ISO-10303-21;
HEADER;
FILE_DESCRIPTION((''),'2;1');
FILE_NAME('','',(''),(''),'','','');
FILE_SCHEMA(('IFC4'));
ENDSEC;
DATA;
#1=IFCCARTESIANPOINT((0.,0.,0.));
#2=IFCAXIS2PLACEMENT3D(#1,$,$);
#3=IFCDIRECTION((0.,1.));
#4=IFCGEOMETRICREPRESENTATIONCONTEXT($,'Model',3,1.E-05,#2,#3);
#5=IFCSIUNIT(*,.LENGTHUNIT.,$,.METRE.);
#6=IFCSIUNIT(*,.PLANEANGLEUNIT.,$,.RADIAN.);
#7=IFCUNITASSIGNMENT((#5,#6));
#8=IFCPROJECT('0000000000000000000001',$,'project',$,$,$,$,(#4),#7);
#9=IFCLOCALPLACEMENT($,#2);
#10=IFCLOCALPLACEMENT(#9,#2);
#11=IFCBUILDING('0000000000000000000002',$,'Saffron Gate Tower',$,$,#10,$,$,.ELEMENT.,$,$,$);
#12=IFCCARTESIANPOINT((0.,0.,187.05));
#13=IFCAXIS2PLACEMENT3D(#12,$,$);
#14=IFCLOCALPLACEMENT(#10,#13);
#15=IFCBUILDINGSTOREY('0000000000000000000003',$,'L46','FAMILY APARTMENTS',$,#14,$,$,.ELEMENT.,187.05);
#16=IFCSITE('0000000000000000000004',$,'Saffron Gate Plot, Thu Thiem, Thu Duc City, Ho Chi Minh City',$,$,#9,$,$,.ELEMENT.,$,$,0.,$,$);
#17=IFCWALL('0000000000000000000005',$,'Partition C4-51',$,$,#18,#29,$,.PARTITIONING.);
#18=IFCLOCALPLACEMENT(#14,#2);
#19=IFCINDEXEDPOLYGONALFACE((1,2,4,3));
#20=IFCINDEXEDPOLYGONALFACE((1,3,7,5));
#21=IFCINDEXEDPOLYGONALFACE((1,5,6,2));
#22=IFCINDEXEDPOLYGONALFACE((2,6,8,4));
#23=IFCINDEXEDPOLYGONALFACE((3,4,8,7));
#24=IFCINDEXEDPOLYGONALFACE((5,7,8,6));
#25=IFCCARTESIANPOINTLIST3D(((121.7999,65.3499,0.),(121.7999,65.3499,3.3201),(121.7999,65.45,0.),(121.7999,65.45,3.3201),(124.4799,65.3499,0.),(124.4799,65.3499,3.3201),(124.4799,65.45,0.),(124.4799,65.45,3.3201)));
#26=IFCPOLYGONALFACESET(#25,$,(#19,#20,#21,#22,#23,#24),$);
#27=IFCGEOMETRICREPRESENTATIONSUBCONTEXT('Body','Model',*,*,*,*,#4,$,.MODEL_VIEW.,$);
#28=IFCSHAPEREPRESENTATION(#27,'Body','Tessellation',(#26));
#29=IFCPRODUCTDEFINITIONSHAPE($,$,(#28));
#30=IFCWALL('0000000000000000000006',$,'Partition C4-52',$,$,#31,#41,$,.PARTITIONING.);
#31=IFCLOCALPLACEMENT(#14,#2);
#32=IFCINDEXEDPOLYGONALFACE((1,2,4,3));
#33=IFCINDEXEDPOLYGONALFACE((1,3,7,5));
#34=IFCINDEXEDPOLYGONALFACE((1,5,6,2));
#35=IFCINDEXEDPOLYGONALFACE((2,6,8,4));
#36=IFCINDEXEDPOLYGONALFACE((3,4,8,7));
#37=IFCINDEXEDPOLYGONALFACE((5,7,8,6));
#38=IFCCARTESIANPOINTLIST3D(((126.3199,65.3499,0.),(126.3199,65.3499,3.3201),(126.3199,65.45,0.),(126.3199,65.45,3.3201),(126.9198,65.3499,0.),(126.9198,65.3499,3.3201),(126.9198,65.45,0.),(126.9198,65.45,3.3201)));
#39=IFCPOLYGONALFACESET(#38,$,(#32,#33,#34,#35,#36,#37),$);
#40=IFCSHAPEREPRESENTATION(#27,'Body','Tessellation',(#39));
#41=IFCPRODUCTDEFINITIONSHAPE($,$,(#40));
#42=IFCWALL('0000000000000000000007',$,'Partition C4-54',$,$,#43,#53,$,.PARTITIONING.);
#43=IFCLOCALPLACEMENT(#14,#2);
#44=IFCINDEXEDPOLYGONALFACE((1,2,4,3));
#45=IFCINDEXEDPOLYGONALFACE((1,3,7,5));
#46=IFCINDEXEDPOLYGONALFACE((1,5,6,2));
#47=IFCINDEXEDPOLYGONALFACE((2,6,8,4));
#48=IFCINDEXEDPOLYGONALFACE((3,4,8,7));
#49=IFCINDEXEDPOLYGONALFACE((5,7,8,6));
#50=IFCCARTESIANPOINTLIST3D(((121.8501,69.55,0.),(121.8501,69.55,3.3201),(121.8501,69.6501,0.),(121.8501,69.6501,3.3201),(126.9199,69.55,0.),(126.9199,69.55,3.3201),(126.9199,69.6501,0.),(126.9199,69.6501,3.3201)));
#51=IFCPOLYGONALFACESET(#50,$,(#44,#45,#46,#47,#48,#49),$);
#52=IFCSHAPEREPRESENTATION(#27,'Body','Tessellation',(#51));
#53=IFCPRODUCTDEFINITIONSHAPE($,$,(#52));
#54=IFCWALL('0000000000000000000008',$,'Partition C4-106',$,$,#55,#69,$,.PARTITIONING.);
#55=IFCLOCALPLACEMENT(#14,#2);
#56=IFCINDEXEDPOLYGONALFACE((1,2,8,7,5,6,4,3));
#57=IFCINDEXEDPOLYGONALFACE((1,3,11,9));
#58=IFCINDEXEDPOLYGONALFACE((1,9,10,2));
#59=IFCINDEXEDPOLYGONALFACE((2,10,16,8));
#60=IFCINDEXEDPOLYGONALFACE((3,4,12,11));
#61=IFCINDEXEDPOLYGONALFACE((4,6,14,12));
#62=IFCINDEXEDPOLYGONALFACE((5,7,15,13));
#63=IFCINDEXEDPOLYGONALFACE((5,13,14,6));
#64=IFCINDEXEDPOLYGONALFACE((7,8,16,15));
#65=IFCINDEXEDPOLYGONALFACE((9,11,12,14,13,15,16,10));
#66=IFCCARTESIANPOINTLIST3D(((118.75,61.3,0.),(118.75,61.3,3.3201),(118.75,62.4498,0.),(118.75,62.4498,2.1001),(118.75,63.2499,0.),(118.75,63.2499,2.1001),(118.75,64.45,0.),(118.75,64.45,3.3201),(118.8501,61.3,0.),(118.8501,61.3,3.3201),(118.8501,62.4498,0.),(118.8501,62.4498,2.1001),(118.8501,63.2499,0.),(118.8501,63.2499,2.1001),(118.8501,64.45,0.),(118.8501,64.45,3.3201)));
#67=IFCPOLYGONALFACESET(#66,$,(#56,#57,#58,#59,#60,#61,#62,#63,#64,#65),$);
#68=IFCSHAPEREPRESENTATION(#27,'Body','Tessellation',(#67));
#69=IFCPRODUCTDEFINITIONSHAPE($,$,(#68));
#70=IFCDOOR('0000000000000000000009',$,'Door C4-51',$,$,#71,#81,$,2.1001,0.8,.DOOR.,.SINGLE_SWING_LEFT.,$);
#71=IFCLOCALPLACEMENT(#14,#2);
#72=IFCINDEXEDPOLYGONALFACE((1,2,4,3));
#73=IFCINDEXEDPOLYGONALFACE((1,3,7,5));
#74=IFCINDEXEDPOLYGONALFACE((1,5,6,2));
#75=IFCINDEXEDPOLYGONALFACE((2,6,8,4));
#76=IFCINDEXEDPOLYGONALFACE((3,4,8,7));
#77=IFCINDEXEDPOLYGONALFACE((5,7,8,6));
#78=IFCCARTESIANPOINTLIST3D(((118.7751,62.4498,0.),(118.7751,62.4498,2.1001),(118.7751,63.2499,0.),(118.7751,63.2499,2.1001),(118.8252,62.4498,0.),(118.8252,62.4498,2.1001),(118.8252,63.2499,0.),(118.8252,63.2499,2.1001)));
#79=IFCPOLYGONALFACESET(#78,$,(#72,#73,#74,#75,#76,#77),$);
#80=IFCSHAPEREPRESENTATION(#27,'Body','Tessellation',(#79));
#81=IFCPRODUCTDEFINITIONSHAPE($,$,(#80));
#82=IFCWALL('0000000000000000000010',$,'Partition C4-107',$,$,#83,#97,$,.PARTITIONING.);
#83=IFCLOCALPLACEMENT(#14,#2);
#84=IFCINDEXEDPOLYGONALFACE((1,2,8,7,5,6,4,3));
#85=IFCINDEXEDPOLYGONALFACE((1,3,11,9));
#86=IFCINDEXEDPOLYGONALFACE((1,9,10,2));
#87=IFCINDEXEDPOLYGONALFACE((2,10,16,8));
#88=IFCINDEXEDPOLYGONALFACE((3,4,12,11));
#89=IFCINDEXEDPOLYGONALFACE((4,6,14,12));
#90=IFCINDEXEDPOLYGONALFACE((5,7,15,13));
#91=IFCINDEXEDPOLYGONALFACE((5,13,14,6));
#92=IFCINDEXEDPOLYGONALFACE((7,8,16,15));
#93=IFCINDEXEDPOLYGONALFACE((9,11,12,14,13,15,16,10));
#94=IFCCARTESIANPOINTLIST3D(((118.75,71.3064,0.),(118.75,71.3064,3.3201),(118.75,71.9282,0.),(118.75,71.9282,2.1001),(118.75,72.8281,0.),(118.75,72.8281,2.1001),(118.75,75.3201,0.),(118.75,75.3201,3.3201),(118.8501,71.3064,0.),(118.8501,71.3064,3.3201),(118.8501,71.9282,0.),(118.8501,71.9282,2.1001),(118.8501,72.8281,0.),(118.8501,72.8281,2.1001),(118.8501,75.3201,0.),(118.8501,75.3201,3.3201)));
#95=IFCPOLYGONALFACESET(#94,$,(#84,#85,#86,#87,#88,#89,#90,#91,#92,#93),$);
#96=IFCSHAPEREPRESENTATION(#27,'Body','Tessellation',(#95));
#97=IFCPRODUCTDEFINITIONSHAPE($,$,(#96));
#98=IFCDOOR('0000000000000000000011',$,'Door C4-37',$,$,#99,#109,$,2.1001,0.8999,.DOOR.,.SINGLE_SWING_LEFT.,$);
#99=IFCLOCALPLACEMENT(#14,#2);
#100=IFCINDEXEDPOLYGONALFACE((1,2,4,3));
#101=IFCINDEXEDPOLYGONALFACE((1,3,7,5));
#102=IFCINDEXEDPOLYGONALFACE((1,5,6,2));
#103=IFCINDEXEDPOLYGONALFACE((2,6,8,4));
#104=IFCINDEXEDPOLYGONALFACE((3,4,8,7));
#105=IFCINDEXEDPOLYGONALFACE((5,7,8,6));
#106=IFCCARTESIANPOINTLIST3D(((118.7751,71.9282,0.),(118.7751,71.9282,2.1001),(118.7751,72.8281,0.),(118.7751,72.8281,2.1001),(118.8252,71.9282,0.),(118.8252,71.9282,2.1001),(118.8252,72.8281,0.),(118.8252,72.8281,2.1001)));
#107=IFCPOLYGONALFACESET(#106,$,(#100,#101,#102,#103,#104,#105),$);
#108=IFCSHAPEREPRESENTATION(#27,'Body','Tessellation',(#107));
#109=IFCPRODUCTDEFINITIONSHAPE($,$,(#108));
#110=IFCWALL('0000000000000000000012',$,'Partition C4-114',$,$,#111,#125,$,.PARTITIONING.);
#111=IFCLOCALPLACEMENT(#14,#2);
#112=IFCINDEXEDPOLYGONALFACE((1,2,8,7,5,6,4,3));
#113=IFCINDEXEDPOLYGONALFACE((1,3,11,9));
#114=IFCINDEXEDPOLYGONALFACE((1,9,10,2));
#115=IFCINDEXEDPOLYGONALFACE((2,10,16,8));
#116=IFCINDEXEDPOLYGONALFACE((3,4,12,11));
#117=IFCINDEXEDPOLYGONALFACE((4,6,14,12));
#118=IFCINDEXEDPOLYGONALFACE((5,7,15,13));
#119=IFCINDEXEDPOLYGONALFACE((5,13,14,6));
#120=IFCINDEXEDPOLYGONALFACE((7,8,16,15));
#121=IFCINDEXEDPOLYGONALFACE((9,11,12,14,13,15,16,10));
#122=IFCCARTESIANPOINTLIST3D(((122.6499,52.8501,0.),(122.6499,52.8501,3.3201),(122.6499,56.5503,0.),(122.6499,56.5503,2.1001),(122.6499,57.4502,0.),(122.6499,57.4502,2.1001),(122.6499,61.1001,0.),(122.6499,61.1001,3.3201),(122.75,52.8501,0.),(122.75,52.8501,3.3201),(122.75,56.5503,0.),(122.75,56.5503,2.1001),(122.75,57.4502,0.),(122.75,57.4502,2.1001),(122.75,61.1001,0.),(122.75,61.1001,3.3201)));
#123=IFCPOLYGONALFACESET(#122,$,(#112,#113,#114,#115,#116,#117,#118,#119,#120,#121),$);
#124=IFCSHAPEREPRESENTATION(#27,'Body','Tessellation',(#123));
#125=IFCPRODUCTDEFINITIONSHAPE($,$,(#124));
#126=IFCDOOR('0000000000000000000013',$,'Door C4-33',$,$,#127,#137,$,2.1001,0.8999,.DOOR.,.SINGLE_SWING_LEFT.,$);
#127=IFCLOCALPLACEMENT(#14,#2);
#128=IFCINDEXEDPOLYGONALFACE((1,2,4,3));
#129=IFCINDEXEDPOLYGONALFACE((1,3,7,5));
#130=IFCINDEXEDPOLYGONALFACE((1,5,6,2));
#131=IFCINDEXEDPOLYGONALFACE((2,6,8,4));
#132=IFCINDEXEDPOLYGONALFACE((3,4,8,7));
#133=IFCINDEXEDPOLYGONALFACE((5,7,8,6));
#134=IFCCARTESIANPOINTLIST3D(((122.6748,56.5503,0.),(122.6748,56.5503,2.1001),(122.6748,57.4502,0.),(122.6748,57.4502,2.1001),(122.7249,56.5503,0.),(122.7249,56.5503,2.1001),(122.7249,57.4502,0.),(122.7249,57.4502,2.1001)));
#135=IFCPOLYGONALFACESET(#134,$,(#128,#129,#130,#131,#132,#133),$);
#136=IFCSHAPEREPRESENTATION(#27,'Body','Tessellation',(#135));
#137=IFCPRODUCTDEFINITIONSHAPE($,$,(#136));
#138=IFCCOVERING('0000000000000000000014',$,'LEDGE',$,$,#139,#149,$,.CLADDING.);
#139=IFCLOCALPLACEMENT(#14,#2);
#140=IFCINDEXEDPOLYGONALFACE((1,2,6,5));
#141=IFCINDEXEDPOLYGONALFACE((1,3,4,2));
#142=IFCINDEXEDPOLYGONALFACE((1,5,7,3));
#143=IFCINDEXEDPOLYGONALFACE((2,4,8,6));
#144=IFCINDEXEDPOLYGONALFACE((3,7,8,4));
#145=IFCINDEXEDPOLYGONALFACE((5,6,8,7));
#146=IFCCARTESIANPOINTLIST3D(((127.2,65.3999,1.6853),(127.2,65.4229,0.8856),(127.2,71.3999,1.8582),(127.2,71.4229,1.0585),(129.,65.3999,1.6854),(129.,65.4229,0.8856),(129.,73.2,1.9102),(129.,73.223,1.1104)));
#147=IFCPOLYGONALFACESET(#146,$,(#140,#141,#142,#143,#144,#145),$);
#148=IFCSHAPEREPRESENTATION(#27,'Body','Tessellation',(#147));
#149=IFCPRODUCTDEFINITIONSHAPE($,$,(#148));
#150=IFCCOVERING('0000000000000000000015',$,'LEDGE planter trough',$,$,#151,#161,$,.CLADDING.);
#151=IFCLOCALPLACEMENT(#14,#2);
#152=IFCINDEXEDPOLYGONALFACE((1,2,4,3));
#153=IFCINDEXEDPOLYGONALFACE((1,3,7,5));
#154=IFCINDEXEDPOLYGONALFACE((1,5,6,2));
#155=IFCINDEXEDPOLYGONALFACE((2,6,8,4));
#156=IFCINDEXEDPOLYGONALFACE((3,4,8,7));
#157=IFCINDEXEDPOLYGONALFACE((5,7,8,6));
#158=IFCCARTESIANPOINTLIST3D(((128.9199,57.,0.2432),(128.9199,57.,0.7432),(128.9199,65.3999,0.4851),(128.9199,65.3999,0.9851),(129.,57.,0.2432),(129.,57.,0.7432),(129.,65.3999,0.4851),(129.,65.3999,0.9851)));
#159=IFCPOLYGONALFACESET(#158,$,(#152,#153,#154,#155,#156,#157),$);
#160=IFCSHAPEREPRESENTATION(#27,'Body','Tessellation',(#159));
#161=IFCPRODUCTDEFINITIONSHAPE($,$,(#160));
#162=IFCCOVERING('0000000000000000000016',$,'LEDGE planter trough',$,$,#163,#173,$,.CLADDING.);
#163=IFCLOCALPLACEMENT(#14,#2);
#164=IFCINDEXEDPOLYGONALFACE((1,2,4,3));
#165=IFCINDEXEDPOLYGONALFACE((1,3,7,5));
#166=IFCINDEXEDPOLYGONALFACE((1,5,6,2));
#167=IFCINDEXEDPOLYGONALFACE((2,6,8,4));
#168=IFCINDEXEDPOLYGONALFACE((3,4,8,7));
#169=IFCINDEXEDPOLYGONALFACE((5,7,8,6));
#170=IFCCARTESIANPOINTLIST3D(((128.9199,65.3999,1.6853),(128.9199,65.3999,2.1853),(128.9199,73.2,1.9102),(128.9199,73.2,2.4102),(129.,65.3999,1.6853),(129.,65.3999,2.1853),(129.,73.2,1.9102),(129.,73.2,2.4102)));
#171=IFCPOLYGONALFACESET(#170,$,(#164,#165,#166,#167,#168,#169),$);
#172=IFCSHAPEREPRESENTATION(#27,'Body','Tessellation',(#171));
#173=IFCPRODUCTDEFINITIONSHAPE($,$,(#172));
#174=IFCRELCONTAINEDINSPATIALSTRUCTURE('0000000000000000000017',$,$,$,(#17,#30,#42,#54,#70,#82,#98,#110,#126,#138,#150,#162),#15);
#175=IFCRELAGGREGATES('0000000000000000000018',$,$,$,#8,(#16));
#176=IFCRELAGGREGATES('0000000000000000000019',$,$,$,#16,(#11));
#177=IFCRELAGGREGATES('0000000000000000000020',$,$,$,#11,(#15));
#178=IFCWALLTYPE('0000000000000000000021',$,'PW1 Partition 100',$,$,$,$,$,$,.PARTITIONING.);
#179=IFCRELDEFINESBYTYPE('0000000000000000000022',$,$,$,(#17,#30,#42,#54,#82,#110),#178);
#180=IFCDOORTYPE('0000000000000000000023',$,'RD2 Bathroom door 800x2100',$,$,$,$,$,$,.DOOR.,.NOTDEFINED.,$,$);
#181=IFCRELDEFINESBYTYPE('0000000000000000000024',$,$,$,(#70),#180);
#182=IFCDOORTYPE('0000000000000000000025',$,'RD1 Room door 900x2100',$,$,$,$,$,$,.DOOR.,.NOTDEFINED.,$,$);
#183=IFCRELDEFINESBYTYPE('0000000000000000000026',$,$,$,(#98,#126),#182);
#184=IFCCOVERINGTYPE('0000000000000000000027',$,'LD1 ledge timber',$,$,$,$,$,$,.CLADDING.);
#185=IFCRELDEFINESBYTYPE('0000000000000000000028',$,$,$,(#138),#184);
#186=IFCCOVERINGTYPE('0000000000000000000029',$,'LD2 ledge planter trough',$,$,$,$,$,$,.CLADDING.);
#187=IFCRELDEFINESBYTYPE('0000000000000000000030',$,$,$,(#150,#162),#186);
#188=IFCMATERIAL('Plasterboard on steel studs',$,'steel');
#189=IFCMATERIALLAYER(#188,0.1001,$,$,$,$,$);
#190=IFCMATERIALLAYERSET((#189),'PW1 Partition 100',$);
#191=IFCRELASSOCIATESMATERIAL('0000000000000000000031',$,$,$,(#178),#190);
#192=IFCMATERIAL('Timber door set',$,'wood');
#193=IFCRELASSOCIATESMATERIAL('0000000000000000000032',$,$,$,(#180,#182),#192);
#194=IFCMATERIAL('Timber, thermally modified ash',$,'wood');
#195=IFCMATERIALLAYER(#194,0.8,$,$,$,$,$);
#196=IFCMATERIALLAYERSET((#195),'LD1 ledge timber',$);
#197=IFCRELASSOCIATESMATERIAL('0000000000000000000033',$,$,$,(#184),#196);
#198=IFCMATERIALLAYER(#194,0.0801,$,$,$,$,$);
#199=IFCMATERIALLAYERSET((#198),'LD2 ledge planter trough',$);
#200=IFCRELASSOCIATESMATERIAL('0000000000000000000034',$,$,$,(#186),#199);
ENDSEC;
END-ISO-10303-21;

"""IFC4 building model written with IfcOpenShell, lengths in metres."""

from ifc_helpers import new_model, si_unit, direction, frame, frame_2d, origin, place, context, subcontext, project, spatial, polyline, rectangle, outline, extrude, material, layer, layer_set, type_object, element, fill, save


model = new_model("IFC4")

# Units and contexts
model_context = context("Model", 3, precision=1e-05, world=origin(), true_north=direction((0.0, 1.0)))
body_context = subcontext(model_context, "Body", "Model", "MODEL_VIEW")
ifc_project = project(units=[si_unit("LENGTHUNIT", "METRE"), si_unit("PLANEANGLEUNIT", "RADIAN")], contexts=[model_context])

# Site, building, storey
site_placement = place(None, origin())
site = spatial("IfcSite", under=ifc_project, at=site_placement, Name="Saffron Gate Plot, Thu Thiem, Thu Duc City, Ho Chi Minh City", CompositionType="ELEMENT", RefElevation=0.0)
building_placement = place(site_placement, origin())
building = spatial("IfcBuilding", under=site, at=building_placement, Name="Saffron Gate Tower", CompositionType="ELEMENT")
storey_placement = place(building_placement, frame((0.0, 0.0, 187.05)))
storey = spatial("IfcBuildingStorey", under=building, at=storey_placement, Name="L46", Description="FAMILY APARTMENTS", CompositionType="ELEMENT", Elevation=187.05)

# Walls
ifc_material_1 = material(Name="Plasterboard on steel studs", Category="steel")
ifc_layer_1 = layer(ifc_material_1, 0.1001)
ifc_layer_set_1 = layer_set([ifc_layer_1], Name="PW1 Partition 100")
wall_type = type_object("IfcWallType", Name="PW1 Partition 100", PredefinedType="PARTITIONING", material=ifc_layer_set_1)
wall_1_placement = place(storey_placement, frame((121.8, 65.3999, 0.0), z_axis=(0.0, 0.0, 1.0), x_axis=(1.0, 0.0, 0.0)))
element("IfcWall", 1, at=wall_1_placement, inside=storey, type_object=wall_type, Name="Partition C4-51", PredefinedType="PARTITIONING", context=body_context, shape_type="SweptSolid", body=[
    extrude(rectangle(XDim=2.6799, YDim=0.1001, at=frame_2d((1.3398, 0.0))), origin(), (0.0, 0.0, 1.0), 3.3201),
])
wall_2_placement = place(storey_placement, frame((126.3201, 65.3999, 0.0), z_axis=(0.0, 0.0, 1.0), x_axis=(1.0, 0.0, 0.0)))
element("IfcWall", 2, at=wall_2_placement, inside=storey, type_object=wall_type, Name="Partition C4-52", PredefinedType="PARTITIONING", context=body_context, shape_type="SweptSolid", body=[
    extrude(rectangle(XDim=0.5999, YDim=0.1001, at=frame_2d((0.2998, 0.0))), origin(), (0.0, 0.0, 1.0), 3.3201),
])
wall_3_placement = place(storey_placement, frame((121.8501, 69.6001, 0.0), z_axis=(0.0, 0.0, 1.0), x_axis=(1.0, 0.0, 0.0)))
element("IfcWall", 3, at=wall_3_placement, inside=storey, type_object=wall_type, Name="Partition C4-54", PredefinedType="PARTITIONING", context=body_context, shape_type="SweptSolid", body=[
    extrude(rectangle(XDim=5.0698, YDim=0.1001, at=frame_2d((2.5349, 0.0))), origin(), (0.0, 0.0, 1.0), 3.3201),
])

# Walls, openings, doors
wall_4_placement = place(storey_placement, frame((118.8, 61.3, 0.0), z_axis=(0.0, 0.0, 1.0), x_axis=(0.0, 1.0, 0.0)))
wall_4 = element("IfcWall", 4, at=wall_4_placement, inside=storey, type_object=wall_type, Name="Partition C4-106", PredefinedType="PARTITIONING", context=body_context, shape_type="SweptSolid", body=[
    extrude(rectangle(XDim=3.1499, YDim=0.1001, at=frame_2d((1.575, 0.0))), origin(), (0.0, 0.0, 1.0), 3.3201),
])
opening_1_placement = place(wall_4_placement, frame((1.1499, 0.0, 0.0)))
opening_1 = element("IfcOpeningElement", 5, at=opening_1_placement, cuts=wall_4, PredefinedType="OPENING", context=body_context, shape_type="SweptSolid", body=[
    extrude(rectangle(XDim=0.8, YDim=2.1001, at=frame_2d((0.3999, 1.05))), frame((0.0, 0.0601, 0.0), z_axis=(0.0, -1.0, 0.0), x_axis=(1.0, 0.0, 0.0)), (0.0, 0.0, 1.0), 0.1201),
])
ifc_material_2 = material(Name="Timber door set", Category="wood")
door_type_1 = type_object("IfcDoorType", Name="RD2 Bathroom door 800x2100", OperationType="NOTDEFINED", PredefinedType="DOOR", material=ifc_material_2)
door_1_placement = place(opening_1_placement, origin())
door_1 = element("IfcDoor", 6, at=door_1_placement, inside=storey, type_object=door_type_1, Name="Door C4-51", OperationType="SINGLE_SWING_LEFT", OverallHeight=2.1001, OverallWidth=0.8, PredefinedType="DOOR", context=body_context, shape_type="SweptSolid", body=[
    extrude(rectangle(XDim=0.8, YDim=2.1001, at=frame_2d((0.3999, 1.05))), frame((0.0, 0.0249, 0.0), z_axis=(0.0, -1.0, 0.0), x_axis=(1.0, 0.0, 0.0)), (0.0, 0.0, 1.0), 0.05),
])
fill(opening_1, door_1)
wall_5_placement = place(storey_placement, frame((118.8, 71.3064, 0.0), z_axis=(0.0, 0.0, 1.0), x_axis=(0.0, 1.0, 0.0)))
wall_5 = element("IfcWall", 7, at=wall_5_placement, inside=storey, type_object=wall_type, Name="Partition C4-107", PredefinedType="PARTITIONING", context=body_context, shape_type="SweptSolid", body=[
    extrude(rectangle(XDim=4.0137, YDim=0.1001, at=frame_2d((2.0068, 0.0))), origin(), (0.0, 0.0, 1.0), 3.3201),
])
opening_2_placement = place(wall_5_placement, frame((0.6218, 0.0, 0.0)))
opening_2 = element("IfcOpeningElement", 8, at=opening_2_placement, cuts=wall_5, PredefinedType="OPENING", context=body_context, shape_type="SweptSolid", body=[
    extrude(rectangle(XDim=0.8999, YDim=2.1001, at=frame_2d((0.45, 1.05))), frame((0.0, 0.0601, 0.0), z_axis=(0.0, -1.0, 0.0), x_axis=(1.0, 0.0, 0.0)), (0.0, 0.0, 1.0), 0.1201),
])
door_type_2 = type_object("IfcDoorType", Name="RD1 Room door 900x2100", OperationType="NOTDEFINED", PredefinedType="DOOR", material=ifc_material_2)
door_2_placement = place(opening_2_placement, origin())
door_2 = element("IfcDoor", 9, at=door_2_placement, inside=storey, type_object=door_type_2, Name="Door C4-37", OperationType="SINGLE_SWING_LEFT", OverallHeight=2.1001, OverallWidth=0.8999, PredefinedType="DOOR", context=body_context, shape_type="SweptSolid", body=[
    extrude(rectangle(XDim=0.8999, YDim=2.1001, at=frame_2d((0.45, 1.05))), frame((0.0, 0.0249, 0.0), z_axis=(0.0, -1.0, 0.0), x_axis=(1.0, 0.0, 0.0)), (0.0, 0.0, 1.0), 0.05),
])
fill(opening_2, door_2)
wall_6_placement = place(storey_placement, frame((122.7, 61.1001, 0.0), z_axis=(0.0, 0.0, 1.0), x_axis=(0.0, -1.0, 0.0)))
wall_6 = element("IfcWall", 10, at=wall_6_placement, inside=storey, type_object=wall_type, Name="Partition C4-114", PredefinedType="PARTITIONING", context=body_context, shape_type="SweptSolid", body=[
    extrude(rectangle(XDim=8.25, YDim=0.1001, at=frame_2d((4.125, 0.0))), origin(), (0.0, 0.0, 1.0), 3.3201),
])
opening_3_placement = place(wall_6_placement, frame((3.6499, 0.0, 0.0)))
opening_3 = element("IfcOpeningElement", 11, at=opening_3_placement, cuts=wall_6, PredefinedType="OPENING", context=body_context, shape_type="SweptSolid", body=[
    extrude(rectangle(XDim=0.8999, YDim=2.1001, at=frame_2d((0.45, 1.05))), frame((0.0, 0.0601, 0.0), z_axis=(0.0, -1.0, 0.0), x_axis=(1.0, 0.0, 0.0)), (0.0, 0.0, 1.0), 0.1201),
])
door_3_placement = place(opening_3_placement, origin())
door_3 = element("IfcDoor", 12, at=door_3_placement, inside=storey, type_object=door_type_2, Name="Door C4-33", OperationType="SINGLE_SWING_LEFT", OverallHeight=2.1001, OverallWidth=0.8999, PredefinedType="DOOR", context=body_context, shape_type="SweptSolid", body=[
    extrude(rectangle(XDim=0.8999, YDim=2.1001, at=frame_2d((0.45, 1.05))), frame((0.0, 0.0249, 0.0), z_axis=(0.0, -1.0, 0.0), x_axis=(1.0, 0.0, 0.0)), (0.0, 0.0, 1.0), 0.05),
])
fill(opening_3, door_3)

# Coverings
ifc_material_3 = material(Name="Timber, thermally modified ash", Category="wood")
ifc_layer_2 = layer(ifc_material_3, 0.8)
ifc_layer_set_2 = layer_set([ifc_layer_2], Name="LD1 ledge timber")
covering_type_1 = type_object("IfcCoveringType", Name="LD1 ledge timber", PredefinedType="CLADDING", material=ifc_layer_set_2)
covering_1_placement = place(storey_placement, frame((127.2, 65.3999, 1.6853), z_axis=(-0.000035, -0.028807, 0.999585), x_axis=(0.0, 0.999585, 0.028807)))
element("IfcCovering", 13, at=covering_1_placement, inside=storey, type_object=covering_type_1, Name="LEDGE", PredefinedType="CLADDING", context=body_context, shape_type="SweptSolid", body=[
    extrude(outline(polyline([(0.0, 0.0), (6.0025, 0.0), (7.8033, -1.8), (0.0, -1.8), (0.0, 0.0)])), origin(), (0.0, 0.0, -1.0), 0.8),
])
ifc_layer_3 = layer(ifc_material_3, 0.0801)
ifc_layer_set_3 = layer_set([ifc_layer_3], Name="LD2 ledge planter trough")
covering_type_2 = type_object("IfcCoveringType", Name="LD2 ledge planter trough", PredefinedType="CLADDING", material=ifc_layer_set_3)
covering_2_placement = place(storey_placement, frame((129.0, 57.0, 0.2432), z_axis=(1.0, 0.0, 0.0), x_axis=(0.0, 0.999585, 0.028791)))
element("IfcCovering", 14, at=covering_2_placement, inside=storey, type_object=covering_type_2, Name="LEDGE planter trough", PredefinedType="CLADDING", context=body_context, shape_type="SweptSolid", body=[
    extrude(outline(polyline([(0.0, 0.0), (8.4034, 0.0), (8.4178, 0.4998), (0.0144, 0.4998), (0.0, 0.0)])), origin(), (0.0, 0.0, -1.0), 0.0801),
])
covering_3_placement = place(storey_placement, frame((129.0, 65.3999, 1.6853), z_axis=(1.0, 0.0, 0.0), x_axis=(0.0, 0.999585, 0.028815)))
element("IfcCovering", 15, at=covering_3_placement, inside=storey, type_object=covering_type_2, Name="LEDGE planter trough", PredefinedType="CLADDING", context=body_context, shape_type="SweptSolid", body=[
    extrude(outline(polyline([(0.0, 0.0), (7.8033, 0.0), (7.8177, 0.4998), (0.0144, 0.4998), (0.0, 0.0)])), origin(), (0.0, 0.0, -1.0), 0.0801),
])

save(model, "model.ifc")
